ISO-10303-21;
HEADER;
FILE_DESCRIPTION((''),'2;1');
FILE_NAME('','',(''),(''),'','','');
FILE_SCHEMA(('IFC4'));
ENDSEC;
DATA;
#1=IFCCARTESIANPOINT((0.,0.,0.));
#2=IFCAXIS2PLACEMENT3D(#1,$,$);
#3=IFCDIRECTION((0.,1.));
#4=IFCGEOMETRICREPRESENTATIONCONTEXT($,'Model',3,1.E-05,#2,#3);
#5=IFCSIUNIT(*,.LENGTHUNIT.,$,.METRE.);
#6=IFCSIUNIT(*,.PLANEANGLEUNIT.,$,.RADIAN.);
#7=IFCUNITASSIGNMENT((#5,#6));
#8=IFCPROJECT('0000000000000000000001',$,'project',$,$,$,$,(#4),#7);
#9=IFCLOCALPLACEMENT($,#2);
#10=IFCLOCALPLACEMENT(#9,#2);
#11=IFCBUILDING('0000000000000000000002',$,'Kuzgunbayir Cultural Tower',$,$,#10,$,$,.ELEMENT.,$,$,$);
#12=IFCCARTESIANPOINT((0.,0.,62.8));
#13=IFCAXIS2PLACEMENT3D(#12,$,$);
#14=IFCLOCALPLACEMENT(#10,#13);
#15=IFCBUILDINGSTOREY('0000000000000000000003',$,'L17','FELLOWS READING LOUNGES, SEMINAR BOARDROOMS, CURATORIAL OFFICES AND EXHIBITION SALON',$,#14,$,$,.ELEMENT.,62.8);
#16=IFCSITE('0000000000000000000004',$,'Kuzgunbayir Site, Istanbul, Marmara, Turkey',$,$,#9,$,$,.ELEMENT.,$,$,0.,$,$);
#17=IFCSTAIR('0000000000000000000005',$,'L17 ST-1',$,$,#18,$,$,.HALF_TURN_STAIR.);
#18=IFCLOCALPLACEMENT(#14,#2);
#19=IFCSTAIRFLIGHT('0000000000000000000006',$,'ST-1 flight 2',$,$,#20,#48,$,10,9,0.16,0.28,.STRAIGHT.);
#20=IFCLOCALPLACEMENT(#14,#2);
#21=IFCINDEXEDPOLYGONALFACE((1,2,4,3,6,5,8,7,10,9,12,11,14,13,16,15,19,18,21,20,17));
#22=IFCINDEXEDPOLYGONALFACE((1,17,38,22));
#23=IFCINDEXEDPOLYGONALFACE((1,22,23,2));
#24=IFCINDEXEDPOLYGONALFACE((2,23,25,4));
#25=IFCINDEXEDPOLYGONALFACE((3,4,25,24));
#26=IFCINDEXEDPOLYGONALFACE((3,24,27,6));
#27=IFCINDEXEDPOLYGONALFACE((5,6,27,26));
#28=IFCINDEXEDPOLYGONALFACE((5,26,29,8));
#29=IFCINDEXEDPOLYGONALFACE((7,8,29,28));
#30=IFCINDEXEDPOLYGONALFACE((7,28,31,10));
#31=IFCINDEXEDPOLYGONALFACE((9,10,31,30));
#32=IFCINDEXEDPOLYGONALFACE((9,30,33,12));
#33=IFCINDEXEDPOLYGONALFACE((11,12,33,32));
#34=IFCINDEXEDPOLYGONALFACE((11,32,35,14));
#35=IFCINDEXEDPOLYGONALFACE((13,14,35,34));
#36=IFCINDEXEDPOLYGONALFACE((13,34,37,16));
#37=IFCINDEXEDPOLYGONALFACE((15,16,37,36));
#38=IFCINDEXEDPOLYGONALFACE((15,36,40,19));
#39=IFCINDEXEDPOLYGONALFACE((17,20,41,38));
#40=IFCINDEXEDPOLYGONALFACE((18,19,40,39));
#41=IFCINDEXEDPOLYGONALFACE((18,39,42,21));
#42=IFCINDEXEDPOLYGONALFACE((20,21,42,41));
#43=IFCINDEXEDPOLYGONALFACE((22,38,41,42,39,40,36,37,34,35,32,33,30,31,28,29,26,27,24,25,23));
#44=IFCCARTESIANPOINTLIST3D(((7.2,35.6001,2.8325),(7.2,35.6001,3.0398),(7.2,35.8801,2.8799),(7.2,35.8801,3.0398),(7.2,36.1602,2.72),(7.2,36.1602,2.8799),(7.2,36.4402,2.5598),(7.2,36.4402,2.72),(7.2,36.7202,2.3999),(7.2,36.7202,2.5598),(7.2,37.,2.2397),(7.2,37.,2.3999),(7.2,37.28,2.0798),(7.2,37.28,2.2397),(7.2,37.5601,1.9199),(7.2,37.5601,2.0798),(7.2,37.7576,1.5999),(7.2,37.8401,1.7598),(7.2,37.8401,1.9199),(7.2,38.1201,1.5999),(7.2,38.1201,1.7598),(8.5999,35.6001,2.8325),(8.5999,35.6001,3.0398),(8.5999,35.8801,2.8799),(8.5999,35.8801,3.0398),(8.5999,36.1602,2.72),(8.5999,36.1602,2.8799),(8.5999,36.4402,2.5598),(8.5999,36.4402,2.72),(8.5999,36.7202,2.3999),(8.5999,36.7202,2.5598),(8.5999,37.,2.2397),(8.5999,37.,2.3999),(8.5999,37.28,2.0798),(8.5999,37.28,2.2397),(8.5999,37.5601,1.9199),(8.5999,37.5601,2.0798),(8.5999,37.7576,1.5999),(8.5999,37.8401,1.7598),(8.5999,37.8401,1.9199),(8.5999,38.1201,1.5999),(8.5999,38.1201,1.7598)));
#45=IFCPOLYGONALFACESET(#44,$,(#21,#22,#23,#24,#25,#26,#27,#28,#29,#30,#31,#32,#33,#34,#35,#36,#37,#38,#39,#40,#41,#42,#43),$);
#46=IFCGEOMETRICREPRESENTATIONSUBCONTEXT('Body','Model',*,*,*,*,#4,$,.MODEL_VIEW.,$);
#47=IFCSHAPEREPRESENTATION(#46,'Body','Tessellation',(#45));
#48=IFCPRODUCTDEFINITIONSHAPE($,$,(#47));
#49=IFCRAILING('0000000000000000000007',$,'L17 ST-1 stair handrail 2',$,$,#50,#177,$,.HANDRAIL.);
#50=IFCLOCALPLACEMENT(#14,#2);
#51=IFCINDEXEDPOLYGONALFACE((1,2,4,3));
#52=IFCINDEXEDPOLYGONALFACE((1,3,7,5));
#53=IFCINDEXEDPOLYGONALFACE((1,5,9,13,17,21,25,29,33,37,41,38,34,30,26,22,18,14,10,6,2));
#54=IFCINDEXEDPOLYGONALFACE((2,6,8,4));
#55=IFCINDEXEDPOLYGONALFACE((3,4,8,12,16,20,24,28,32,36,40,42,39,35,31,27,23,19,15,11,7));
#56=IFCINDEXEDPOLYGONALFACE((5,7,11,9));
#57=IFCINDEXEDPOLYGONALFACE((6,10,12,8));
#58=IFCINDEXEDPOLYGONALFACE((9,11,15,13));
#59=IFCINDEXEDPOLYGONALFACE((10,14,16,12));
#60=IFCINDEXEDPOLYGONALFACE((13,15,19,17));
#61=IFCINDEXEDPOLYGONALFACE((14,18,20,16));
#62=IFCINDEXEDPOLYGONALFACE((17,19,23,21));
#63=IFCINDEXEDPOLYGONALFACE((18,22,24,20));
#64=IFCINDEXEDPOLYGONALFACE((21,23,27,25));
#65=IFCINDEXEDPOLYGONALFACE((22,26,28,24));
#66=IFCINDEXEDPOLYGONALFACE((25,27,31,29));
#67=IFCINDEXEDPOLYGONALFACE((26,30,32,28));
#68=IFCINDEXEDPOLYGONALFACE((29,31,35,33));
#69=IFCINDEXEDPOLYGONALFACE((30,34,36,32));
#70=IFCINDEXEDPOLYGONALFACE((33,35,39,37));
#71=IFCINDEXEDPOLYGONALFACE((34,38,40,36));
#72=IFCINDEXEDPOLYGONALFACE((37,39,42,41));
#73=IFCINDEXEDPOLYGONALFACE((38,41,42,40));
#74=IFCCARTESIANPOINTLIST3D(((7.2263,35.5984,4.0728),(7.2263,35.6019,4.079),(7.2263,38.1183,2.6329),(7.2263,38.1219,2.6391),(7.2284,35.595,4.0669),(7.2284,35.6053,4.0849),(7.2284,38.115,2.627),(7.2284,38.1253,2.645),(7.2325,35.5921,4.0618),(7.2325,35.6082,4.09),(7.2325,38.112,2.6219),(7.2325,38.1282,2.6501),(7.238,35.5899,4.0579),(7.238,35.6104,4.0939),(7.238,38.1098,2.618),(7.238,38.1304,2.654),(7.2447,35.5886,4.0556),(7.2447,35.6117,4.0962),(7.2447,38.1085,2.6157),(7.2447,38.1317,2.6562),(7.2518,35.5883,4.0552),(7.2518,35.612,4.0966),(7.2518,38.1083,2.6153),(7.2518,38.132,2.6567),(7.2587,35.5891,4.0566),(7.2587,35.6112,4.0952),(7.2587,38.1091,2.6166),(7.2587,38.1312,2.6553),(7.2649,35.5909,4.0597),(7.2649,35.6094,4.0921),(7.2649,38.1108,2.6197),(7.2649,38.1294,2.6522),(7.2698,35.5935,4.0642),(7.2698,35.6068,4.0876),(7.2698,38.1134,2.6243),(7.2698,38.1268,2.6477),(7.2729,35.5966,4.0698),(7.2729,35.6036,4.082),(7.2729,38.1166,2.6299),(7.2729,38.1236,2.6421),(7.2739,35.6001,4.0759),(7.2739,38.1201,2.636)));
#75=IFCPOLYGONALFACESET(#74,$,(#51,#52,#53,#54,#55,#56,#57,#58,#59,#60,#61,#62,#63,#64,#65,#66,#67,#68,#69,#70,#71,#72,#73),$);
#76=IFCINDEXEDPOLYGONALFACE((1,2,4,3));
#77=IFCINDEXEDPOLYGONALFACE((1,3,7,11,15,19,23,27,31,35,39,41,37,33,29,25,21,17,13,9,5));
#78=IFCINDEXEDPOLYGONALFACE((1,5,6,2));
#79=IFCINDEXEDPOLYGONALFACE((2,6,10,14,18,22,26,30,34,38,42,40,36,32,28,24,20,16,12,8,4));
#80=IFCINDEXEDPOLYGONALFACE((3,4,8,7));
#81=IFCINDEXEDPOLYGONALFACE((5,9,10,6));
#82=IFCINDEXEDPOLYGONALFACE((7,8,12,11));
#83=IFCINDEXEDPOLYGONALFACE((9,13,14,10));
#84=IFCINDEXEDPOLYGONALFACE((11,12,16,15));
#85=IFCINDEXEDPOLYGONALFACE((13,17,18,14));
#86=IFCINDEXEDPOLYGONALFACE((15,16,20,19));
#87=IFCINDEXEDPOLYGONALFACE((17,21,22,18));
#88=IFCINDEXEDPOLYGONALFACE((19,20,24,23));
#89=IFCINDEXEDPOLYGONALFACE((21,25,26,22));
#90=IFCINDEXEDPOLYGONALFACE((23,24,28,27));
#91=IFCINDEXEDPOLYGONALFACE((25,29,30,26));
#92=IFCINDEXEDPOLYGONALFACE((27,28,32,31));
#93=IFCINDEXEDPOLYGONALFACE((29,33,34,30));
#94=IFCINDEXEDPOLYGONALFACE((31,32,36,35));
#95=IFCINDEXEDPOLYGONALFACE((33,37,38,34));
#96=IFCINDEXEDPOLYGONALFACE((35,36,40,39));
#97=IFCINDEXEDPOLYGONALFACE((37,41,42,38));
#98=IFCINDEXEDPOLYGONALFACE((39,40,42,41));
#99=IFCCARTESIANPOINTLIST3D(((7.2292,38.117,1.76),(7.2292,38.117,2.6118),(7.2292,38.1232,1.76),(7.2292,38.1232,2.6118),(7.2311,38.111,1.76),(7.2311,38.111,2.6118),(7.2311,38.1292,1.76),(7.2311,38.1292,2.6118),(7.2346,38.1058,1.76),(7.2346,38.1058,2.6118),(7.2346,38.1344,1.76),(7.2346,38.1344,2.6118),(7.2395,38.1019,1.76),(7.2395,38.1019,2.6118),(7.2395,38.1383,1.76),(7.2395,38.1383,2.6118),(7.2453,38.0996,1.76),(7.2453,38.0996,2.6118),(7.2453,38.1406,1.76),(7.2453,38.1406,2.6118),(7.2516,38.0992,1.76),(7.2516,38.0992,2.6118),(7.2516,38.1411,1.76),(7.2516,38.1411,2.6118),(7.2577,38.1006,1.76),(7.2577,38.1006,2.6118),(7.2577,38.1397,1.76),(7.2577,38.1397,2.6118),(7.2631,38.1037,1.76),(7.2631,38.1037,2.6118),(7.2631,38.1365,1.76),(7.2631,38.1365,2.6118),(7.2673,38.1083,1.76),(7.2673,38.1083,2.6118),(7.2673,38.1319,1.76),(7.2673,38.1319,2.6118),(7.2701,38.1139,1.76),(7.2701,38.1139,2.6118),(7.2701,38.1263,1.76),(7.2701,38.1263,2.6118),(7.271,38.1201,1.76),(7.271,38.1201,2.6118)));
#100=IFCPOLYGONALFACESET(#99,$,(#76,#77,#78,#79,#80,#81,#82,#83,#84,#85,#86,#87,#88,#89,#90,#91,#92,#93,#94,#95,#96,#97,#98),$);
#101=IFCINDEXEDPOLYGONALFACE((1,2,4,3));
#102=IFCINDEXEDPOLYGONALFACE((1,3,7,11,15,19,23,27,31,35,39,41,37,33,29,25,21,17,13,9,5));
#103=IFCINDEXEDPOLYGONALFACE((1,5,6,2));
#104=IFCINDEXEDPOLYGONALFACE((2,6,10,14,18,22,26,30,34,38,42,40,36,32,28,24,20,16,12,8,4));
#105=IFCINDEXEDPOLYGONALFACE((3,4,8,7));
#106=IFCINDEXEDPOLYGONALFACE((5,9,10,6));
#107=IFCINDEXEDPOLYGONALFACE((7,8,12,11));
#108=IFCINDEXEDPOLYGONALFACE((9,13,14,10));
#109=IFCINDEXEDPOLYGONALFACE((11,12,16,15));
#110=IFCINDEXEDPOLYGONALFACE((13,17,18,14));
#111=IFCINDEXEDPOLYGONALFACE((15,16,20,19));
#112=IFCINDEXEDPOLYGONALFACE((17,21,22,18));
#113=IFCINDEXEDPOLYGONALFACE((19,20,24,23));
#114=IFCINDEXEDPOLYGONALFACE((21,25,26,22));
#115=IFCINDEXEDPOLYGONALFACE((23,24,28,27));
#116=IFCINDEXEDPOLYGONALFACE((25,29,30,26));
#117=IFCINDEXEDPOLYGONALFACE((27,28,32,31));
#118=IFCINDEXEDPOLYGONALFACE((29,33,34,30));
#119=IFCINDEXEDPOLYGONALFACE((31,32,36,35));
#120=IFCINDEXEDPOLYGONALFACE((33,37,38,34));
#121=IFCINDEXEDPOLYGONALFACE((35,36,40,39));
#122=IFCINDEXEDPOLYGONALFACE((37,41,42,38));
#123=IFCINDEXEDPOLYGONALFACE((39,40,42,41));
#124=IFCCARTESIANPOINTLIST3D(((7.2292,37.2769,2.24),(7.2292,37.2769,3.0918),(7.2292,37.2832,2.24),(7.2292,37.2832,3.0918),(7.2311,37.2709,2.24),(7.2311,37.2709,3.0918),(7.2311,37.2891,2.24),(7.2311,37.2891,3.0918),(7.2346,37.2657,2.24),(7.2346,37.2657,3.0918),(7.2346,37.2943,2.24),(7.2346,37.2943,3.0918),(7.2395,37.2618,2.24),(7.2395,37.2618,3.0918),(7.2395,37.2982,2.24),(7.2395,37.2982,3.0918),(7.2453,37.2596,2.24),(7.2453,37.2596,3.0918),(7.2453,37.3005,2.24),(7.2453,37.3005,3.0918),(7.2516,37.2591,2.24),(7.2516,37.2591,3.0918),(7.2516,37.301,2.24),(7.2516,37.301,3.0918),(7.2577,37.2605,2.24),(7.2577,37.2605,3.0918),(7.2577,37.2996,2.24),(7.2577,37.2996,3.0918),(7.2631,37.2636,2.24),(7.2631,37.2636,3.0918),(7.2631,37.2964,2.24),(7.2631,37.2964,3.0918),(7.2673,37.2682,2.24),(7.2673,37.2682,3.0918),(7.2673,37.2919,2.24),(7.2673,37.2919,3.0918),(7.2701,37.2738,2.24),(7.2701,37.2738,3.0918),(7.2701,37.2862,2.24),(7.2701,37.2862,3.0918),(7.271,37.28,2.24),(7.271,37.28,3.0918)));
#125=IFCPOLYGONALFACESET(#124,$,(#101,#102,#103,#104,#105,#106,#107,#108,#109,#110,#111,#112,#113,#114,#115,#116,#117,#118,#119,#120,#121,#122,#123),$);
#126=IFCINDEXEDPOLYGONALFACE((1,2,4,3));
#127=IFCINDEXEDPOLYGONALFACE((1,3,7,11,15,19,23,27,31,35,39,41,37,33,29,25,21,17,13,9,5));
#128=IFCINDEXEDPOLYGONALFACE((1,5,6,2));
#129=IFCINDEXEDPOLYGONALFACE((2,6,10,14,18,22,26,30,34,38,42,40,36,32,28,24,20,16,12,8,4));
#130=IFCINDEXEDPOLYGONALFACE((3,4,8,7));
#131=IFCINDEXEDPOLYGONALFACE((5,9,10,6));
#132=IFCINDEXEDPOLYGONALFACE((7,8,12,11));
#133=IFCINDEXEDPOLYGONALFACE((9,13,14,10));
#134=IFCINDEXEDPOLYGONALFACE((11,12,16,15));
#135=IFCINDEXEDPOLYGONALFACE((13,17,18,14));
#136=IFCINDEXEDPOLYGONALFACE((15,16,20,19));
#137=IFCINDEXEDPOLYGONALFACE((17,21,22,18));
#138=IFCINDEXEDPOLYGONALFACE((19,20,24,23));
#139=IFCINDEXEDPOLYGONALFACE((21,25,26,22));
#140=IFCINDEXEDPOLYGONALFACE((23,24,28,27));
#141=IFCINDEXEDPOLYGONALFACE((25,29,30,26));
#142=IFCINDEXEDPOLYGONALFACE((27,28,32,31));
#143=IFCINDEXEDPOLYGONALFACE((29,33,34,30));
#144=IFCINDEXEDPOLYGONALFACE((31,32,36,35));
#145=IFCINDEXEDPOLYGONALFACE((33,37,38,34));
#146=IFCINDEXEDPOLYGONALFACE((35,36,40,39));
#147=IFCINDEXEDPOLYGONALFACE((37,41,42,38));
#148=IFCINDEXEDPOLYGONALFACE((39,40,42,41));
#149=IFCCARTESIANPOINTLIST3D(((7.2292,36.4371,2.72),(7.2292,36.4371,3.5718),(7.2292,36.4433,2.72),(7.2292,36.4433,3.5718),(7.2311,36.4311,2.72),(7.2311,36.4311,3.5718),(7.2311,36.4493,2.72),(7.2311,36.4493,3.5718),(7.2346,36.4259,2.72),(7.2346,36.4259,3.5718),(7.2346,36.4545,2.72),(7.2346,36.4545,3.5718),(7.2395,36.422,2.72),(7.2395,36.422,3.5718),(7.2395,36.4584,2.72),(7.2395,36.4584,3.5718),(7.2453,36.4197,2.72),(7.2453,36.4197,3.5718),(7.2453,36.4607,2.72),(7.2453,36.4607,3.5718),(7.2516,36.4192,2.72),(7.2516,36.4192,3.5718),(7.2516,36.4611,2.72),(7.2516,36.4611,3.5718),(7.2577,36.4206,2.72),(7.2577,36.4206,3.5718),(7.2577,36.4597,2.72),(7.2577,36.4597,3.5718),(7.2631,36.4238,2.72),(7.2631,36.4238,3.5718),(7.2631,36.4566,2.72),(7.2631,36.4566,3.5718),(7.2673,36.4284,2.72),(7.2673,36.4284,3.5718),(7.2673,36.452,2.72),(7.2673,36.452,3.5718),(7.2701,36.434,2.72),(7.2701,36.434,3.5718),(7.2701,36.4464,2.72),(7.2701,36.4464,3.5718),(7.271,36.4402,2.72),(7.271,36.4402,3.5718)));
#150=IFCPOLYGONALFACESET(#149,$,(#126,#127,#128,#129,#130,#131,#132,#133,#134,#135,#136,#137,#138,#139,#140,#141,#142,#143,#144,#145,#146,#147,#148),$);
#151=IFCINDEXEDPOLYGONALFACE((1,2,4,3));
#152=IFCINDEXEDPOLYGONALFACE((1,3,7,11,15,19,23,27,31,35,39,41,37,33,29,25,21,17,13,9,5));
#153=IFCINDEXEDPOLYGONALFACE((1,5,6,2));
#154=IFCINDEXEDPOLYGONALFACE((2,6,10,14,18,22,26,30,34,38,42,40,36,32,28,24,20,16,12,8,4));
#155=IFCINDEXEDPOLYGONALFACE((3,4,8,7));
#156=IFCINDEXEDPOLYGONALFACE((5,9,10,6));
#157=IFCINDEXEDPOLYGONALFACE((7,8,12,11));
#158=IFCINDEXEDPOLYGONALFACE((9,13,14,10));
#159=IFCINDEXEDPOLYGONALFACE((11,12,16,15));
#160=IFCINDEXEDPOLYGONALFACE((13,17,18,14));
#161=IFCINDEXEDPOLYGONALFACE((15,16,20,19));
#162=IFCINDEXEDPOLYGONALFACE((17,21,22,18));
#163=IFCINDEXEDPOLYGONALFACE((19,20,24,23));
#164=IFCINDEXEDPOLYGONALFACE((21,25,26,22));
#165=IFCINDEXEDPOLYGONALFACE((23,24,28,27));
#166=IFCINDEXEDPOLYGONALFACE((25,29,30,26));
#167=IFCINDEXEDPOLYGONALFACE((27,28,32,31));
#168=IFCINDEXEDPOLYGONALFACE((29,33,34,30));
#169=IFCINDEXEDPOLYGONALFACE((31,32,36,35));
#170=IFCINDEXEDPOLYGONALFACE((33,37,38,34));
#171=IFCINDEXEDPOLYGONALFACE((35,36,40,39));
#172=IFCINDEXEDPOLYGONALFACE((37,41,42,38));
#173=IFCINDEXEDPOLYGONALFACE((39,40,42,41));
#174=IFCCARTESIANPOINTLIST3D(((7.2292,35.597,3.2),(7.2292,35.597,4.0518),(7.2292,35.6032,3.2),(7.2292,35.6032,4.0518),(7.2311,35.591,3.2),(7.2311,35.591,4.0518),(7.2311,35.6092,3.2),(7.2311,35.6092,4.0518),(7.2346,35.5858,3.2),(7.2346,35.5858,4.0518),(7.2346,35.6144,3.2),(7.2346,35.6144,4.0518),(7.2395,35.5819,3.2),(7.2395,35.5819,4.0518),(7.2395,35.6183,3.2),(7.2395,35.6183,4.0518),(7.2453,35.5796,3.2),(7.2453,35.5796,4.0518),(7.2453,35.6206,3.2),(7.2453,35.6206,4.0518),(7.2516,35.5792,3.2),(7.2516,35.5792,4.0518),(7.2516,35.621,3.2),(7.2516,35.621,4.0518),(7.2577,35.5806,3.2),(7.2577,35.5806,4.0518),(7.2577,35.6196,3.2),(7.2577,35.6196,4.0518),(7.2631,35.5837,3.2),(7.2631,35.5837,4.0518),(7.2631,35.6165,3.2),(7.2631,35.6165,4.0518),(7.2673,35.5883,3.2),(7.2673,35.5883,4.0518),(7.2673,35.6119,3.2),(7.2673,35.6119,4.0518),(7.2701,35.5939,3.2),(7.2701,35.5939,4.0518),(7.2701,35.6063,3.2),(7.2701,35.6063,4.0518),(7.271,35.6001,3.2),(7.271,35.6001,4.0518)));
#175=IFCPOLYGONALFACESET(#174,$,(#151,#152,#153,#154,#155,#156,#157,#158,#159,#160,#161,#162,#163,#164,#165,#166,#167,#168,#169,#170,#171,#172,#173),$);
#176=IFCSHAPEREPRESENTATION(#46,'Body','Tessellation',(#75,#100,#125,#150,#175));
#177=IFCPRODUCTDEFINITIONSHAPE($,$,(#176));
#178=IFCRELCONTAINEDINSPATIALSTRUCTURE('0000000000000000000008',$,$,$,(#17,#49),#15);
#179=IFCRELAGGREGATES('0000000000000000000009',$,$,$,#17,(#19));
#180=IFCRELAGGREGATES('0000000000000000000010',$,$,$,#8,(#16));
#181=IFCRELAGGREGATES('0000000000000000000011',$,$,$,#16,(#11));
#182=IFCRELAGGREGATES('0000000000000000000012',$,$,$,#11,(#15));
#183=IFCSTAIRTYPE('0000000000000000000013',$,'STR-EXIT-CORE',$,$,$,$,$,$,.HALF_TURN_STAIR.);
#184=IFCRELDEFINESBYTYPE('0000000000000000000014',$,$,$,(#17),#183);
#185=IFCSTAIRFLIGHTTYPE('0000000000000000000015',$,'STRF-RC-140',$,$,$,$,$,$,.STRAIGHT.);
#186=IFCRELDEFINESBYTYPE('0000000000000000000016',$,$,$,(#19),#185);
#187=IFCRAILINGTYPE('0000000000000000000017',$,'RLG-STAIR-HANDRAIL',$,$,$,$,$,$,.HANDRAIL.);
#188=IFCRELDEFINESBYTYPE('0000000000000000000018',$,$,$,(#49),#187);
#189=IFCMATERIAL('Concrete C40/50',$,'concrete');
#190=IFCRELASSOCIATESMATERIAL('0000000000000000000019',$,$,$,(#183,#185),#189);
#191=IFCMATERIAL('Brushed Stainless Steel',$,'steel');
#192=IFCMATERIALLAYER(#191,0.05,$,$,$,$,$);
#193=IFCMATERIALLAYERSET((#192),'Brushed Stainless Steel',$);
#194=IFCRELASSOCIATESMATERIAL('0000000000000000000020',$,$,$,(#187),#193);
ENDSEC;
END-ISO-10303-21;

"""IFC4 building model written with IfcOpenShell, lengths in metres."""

from ifc_helpers import new_model, si_unit, direction, frame, origin, origin_2d, place, context, subcontext, project, spatial, polyline, circle, outline, extrude, material, layer, layer_set, type_object, element, aggregate, save


model = new_model("IFC4")

# Units and contexts
model_context = context("Model", 3, precision=1e-05, world=origin(), true_north=direction((0.0, 1.0)))
body_context = subcontext(model_context, "Body", "Model", "MODEL_VIEW")
ifc_project = project(units=[si_unit("LENGTHUNIT", "METRE"), si_unit("PLANEANGLEUNIT", "RADIAN")], contexts=[model_context])

# Site, building, storey
site_placement = place(None, origin())
site = spatial("IfcSite", under=ifc_project, at=site_placement, Name="Kuzgunbayir Site, Istanbul, Marmara, Turkey", CompositionType="ELEMENT", RefElevation=0.0)
building_placement = place(site_placement, origin())
building = spatial("IfcBuilding", under=site, at=building_placement, Name="Kuzgunbayir Cultural Tower", CompositionType="ELEMENT")
storey_placement = place(building_placement, frame((0.0, 0.0, 62.8)))
storey = spatial("IfcBuildingStorey", under=building, at=storey_placement, Name="L17", Description="FELLOWS READING LOUNGES, SEMINAR BOARDROOMS, CURATORIAL OFFICES AND EXHIBITION SALON", CompositionType="ELEMENT", Elevation=62.8)

# Stair, stair flight
ifc_material_1 = material(Name="Concrete C40/50", Category="concrete")
stair_type = type_object("IfcStairType", Name="STR-EXIT-CORE", PredefinedType="HALF_TURN_STAIR", material=ifc_material_1)
stair_placement = place(storey_placement, origin())
stair = element("IfcStair", 1, at=stair_placement, inside=storey, type_object=stair_type, Name="L17 ST-1", PredefinedType="HALF_TURN_STAIR")
stair_flight_type = type_object("IfcStairFlightType", Name="STRF-RC-140", PredefinedType="STRAIGHT", material=ifc_material_1)
stair_flight_placement = place(storey_placement, frame((7.8999, 38.1201, 1.5999), z_axis=(0.0, 0.0, 1.0), x_axis=(0.0, -1.0, 0.0)))
stair_flight = element("IfcStairFlight", 2, at=stair_flight_placement, type_object=stair_flight_type, Name="ST-1 flight 2", NumberOfRisers=10, NumberOfTreads=9, PredefinedType="STRAIGHT", RiserHeight=0.16, TreadLength=0.28, context=body_context, shape_type="SweptSolid", body=[
    extrude(outline(polyline([(0.0, 0.0), (0.0, 0.1599), (0.28, 0.1599), (0.28, 0.3201), (0.5601, 0.3201), (0.5601, 0.48), (0.8401, 0.48), (0.8401, 0.6399), (1.1201, 0.6399), (1.1201, 0.8), (1.3999, 0.8), (1.3999, 0.96), (1.6799, 0.96), (1.6799, 1.1201), (1.96, 1.1201), (1.96, 1.28), (2.24, 1.28), (2.24, 1.4399), (2.52, 1.4399), (2.52, 1.6001), (2.52, 1.2327), (0.3625, 0.0), (0.0, 0.0)])), frame((0.0, 0.7, 0.0), z_axis=(0.0, -1.0, 0.0), x_axis=(1.0, 0.0, 0.0)), (0.0, 0.0, 1.0), 1.3999),
])
aggregate(stair, [stair_flight])

# Railing
ifc_material_2 = material(Name="Brushed Stainless Steel", Category="steel")
ifc_layer_1 = layer(ifc_material_2, 0.05)
ifc_layer_set_1 = layer_set([ifc_layer_1], Name="Brushed Stainless Steel")
railing_type_1 = type_object("IfcRailingType", Name="RLG-STAIR-HANDRAIL", PredefinedType="HANDRAIL", material=ifc_layer_set_1)
railing_1_placement = place(storey_placement, frame((7.25, 38.1201, 1.76)))
element("IfcRailing", 3, at=railing_1_placement, inside=storey, type_object=railing_type_1, Name="L17 ST-1 stair handrail 2", PredefinedType="HANDRAIL", context=body_context, shape_type="SweptSolid", body=[
    extrude(circle(Radius=0.0239, at=origin_2d()), frame((0.0, 0.0, 0.876), z_axis=(0.0, -0.868253, 0.496121), x_axis=(1.0, 0.0, 0.0)), (0.0, 0.0, 1.0), 2.9023),
    extrude(circle(Radius=0.021, at=origin_2d()), origin(), (0.0, 0.0, 1.0), 0.8518),
    extrude(circle(Radius=0.021, at=origin_2d()), frame((0.0, -0.8401, 0.48)), (0.0, 0.0, 1.0), 0.8518),
    extrude(circle(Radius=0.021, at=origin_2d()), frame((0.0, -1.6799, 0.96)), (0.0, 0.0, 1.0), 0.8518),
    extrude(circle(Radius=0.021, at=origin_2d()), frame((0.0, -2.52, 1.4399)), (0.0, 0.0, 1.0), 0.8518),
])

save(model, "model.ifc")
